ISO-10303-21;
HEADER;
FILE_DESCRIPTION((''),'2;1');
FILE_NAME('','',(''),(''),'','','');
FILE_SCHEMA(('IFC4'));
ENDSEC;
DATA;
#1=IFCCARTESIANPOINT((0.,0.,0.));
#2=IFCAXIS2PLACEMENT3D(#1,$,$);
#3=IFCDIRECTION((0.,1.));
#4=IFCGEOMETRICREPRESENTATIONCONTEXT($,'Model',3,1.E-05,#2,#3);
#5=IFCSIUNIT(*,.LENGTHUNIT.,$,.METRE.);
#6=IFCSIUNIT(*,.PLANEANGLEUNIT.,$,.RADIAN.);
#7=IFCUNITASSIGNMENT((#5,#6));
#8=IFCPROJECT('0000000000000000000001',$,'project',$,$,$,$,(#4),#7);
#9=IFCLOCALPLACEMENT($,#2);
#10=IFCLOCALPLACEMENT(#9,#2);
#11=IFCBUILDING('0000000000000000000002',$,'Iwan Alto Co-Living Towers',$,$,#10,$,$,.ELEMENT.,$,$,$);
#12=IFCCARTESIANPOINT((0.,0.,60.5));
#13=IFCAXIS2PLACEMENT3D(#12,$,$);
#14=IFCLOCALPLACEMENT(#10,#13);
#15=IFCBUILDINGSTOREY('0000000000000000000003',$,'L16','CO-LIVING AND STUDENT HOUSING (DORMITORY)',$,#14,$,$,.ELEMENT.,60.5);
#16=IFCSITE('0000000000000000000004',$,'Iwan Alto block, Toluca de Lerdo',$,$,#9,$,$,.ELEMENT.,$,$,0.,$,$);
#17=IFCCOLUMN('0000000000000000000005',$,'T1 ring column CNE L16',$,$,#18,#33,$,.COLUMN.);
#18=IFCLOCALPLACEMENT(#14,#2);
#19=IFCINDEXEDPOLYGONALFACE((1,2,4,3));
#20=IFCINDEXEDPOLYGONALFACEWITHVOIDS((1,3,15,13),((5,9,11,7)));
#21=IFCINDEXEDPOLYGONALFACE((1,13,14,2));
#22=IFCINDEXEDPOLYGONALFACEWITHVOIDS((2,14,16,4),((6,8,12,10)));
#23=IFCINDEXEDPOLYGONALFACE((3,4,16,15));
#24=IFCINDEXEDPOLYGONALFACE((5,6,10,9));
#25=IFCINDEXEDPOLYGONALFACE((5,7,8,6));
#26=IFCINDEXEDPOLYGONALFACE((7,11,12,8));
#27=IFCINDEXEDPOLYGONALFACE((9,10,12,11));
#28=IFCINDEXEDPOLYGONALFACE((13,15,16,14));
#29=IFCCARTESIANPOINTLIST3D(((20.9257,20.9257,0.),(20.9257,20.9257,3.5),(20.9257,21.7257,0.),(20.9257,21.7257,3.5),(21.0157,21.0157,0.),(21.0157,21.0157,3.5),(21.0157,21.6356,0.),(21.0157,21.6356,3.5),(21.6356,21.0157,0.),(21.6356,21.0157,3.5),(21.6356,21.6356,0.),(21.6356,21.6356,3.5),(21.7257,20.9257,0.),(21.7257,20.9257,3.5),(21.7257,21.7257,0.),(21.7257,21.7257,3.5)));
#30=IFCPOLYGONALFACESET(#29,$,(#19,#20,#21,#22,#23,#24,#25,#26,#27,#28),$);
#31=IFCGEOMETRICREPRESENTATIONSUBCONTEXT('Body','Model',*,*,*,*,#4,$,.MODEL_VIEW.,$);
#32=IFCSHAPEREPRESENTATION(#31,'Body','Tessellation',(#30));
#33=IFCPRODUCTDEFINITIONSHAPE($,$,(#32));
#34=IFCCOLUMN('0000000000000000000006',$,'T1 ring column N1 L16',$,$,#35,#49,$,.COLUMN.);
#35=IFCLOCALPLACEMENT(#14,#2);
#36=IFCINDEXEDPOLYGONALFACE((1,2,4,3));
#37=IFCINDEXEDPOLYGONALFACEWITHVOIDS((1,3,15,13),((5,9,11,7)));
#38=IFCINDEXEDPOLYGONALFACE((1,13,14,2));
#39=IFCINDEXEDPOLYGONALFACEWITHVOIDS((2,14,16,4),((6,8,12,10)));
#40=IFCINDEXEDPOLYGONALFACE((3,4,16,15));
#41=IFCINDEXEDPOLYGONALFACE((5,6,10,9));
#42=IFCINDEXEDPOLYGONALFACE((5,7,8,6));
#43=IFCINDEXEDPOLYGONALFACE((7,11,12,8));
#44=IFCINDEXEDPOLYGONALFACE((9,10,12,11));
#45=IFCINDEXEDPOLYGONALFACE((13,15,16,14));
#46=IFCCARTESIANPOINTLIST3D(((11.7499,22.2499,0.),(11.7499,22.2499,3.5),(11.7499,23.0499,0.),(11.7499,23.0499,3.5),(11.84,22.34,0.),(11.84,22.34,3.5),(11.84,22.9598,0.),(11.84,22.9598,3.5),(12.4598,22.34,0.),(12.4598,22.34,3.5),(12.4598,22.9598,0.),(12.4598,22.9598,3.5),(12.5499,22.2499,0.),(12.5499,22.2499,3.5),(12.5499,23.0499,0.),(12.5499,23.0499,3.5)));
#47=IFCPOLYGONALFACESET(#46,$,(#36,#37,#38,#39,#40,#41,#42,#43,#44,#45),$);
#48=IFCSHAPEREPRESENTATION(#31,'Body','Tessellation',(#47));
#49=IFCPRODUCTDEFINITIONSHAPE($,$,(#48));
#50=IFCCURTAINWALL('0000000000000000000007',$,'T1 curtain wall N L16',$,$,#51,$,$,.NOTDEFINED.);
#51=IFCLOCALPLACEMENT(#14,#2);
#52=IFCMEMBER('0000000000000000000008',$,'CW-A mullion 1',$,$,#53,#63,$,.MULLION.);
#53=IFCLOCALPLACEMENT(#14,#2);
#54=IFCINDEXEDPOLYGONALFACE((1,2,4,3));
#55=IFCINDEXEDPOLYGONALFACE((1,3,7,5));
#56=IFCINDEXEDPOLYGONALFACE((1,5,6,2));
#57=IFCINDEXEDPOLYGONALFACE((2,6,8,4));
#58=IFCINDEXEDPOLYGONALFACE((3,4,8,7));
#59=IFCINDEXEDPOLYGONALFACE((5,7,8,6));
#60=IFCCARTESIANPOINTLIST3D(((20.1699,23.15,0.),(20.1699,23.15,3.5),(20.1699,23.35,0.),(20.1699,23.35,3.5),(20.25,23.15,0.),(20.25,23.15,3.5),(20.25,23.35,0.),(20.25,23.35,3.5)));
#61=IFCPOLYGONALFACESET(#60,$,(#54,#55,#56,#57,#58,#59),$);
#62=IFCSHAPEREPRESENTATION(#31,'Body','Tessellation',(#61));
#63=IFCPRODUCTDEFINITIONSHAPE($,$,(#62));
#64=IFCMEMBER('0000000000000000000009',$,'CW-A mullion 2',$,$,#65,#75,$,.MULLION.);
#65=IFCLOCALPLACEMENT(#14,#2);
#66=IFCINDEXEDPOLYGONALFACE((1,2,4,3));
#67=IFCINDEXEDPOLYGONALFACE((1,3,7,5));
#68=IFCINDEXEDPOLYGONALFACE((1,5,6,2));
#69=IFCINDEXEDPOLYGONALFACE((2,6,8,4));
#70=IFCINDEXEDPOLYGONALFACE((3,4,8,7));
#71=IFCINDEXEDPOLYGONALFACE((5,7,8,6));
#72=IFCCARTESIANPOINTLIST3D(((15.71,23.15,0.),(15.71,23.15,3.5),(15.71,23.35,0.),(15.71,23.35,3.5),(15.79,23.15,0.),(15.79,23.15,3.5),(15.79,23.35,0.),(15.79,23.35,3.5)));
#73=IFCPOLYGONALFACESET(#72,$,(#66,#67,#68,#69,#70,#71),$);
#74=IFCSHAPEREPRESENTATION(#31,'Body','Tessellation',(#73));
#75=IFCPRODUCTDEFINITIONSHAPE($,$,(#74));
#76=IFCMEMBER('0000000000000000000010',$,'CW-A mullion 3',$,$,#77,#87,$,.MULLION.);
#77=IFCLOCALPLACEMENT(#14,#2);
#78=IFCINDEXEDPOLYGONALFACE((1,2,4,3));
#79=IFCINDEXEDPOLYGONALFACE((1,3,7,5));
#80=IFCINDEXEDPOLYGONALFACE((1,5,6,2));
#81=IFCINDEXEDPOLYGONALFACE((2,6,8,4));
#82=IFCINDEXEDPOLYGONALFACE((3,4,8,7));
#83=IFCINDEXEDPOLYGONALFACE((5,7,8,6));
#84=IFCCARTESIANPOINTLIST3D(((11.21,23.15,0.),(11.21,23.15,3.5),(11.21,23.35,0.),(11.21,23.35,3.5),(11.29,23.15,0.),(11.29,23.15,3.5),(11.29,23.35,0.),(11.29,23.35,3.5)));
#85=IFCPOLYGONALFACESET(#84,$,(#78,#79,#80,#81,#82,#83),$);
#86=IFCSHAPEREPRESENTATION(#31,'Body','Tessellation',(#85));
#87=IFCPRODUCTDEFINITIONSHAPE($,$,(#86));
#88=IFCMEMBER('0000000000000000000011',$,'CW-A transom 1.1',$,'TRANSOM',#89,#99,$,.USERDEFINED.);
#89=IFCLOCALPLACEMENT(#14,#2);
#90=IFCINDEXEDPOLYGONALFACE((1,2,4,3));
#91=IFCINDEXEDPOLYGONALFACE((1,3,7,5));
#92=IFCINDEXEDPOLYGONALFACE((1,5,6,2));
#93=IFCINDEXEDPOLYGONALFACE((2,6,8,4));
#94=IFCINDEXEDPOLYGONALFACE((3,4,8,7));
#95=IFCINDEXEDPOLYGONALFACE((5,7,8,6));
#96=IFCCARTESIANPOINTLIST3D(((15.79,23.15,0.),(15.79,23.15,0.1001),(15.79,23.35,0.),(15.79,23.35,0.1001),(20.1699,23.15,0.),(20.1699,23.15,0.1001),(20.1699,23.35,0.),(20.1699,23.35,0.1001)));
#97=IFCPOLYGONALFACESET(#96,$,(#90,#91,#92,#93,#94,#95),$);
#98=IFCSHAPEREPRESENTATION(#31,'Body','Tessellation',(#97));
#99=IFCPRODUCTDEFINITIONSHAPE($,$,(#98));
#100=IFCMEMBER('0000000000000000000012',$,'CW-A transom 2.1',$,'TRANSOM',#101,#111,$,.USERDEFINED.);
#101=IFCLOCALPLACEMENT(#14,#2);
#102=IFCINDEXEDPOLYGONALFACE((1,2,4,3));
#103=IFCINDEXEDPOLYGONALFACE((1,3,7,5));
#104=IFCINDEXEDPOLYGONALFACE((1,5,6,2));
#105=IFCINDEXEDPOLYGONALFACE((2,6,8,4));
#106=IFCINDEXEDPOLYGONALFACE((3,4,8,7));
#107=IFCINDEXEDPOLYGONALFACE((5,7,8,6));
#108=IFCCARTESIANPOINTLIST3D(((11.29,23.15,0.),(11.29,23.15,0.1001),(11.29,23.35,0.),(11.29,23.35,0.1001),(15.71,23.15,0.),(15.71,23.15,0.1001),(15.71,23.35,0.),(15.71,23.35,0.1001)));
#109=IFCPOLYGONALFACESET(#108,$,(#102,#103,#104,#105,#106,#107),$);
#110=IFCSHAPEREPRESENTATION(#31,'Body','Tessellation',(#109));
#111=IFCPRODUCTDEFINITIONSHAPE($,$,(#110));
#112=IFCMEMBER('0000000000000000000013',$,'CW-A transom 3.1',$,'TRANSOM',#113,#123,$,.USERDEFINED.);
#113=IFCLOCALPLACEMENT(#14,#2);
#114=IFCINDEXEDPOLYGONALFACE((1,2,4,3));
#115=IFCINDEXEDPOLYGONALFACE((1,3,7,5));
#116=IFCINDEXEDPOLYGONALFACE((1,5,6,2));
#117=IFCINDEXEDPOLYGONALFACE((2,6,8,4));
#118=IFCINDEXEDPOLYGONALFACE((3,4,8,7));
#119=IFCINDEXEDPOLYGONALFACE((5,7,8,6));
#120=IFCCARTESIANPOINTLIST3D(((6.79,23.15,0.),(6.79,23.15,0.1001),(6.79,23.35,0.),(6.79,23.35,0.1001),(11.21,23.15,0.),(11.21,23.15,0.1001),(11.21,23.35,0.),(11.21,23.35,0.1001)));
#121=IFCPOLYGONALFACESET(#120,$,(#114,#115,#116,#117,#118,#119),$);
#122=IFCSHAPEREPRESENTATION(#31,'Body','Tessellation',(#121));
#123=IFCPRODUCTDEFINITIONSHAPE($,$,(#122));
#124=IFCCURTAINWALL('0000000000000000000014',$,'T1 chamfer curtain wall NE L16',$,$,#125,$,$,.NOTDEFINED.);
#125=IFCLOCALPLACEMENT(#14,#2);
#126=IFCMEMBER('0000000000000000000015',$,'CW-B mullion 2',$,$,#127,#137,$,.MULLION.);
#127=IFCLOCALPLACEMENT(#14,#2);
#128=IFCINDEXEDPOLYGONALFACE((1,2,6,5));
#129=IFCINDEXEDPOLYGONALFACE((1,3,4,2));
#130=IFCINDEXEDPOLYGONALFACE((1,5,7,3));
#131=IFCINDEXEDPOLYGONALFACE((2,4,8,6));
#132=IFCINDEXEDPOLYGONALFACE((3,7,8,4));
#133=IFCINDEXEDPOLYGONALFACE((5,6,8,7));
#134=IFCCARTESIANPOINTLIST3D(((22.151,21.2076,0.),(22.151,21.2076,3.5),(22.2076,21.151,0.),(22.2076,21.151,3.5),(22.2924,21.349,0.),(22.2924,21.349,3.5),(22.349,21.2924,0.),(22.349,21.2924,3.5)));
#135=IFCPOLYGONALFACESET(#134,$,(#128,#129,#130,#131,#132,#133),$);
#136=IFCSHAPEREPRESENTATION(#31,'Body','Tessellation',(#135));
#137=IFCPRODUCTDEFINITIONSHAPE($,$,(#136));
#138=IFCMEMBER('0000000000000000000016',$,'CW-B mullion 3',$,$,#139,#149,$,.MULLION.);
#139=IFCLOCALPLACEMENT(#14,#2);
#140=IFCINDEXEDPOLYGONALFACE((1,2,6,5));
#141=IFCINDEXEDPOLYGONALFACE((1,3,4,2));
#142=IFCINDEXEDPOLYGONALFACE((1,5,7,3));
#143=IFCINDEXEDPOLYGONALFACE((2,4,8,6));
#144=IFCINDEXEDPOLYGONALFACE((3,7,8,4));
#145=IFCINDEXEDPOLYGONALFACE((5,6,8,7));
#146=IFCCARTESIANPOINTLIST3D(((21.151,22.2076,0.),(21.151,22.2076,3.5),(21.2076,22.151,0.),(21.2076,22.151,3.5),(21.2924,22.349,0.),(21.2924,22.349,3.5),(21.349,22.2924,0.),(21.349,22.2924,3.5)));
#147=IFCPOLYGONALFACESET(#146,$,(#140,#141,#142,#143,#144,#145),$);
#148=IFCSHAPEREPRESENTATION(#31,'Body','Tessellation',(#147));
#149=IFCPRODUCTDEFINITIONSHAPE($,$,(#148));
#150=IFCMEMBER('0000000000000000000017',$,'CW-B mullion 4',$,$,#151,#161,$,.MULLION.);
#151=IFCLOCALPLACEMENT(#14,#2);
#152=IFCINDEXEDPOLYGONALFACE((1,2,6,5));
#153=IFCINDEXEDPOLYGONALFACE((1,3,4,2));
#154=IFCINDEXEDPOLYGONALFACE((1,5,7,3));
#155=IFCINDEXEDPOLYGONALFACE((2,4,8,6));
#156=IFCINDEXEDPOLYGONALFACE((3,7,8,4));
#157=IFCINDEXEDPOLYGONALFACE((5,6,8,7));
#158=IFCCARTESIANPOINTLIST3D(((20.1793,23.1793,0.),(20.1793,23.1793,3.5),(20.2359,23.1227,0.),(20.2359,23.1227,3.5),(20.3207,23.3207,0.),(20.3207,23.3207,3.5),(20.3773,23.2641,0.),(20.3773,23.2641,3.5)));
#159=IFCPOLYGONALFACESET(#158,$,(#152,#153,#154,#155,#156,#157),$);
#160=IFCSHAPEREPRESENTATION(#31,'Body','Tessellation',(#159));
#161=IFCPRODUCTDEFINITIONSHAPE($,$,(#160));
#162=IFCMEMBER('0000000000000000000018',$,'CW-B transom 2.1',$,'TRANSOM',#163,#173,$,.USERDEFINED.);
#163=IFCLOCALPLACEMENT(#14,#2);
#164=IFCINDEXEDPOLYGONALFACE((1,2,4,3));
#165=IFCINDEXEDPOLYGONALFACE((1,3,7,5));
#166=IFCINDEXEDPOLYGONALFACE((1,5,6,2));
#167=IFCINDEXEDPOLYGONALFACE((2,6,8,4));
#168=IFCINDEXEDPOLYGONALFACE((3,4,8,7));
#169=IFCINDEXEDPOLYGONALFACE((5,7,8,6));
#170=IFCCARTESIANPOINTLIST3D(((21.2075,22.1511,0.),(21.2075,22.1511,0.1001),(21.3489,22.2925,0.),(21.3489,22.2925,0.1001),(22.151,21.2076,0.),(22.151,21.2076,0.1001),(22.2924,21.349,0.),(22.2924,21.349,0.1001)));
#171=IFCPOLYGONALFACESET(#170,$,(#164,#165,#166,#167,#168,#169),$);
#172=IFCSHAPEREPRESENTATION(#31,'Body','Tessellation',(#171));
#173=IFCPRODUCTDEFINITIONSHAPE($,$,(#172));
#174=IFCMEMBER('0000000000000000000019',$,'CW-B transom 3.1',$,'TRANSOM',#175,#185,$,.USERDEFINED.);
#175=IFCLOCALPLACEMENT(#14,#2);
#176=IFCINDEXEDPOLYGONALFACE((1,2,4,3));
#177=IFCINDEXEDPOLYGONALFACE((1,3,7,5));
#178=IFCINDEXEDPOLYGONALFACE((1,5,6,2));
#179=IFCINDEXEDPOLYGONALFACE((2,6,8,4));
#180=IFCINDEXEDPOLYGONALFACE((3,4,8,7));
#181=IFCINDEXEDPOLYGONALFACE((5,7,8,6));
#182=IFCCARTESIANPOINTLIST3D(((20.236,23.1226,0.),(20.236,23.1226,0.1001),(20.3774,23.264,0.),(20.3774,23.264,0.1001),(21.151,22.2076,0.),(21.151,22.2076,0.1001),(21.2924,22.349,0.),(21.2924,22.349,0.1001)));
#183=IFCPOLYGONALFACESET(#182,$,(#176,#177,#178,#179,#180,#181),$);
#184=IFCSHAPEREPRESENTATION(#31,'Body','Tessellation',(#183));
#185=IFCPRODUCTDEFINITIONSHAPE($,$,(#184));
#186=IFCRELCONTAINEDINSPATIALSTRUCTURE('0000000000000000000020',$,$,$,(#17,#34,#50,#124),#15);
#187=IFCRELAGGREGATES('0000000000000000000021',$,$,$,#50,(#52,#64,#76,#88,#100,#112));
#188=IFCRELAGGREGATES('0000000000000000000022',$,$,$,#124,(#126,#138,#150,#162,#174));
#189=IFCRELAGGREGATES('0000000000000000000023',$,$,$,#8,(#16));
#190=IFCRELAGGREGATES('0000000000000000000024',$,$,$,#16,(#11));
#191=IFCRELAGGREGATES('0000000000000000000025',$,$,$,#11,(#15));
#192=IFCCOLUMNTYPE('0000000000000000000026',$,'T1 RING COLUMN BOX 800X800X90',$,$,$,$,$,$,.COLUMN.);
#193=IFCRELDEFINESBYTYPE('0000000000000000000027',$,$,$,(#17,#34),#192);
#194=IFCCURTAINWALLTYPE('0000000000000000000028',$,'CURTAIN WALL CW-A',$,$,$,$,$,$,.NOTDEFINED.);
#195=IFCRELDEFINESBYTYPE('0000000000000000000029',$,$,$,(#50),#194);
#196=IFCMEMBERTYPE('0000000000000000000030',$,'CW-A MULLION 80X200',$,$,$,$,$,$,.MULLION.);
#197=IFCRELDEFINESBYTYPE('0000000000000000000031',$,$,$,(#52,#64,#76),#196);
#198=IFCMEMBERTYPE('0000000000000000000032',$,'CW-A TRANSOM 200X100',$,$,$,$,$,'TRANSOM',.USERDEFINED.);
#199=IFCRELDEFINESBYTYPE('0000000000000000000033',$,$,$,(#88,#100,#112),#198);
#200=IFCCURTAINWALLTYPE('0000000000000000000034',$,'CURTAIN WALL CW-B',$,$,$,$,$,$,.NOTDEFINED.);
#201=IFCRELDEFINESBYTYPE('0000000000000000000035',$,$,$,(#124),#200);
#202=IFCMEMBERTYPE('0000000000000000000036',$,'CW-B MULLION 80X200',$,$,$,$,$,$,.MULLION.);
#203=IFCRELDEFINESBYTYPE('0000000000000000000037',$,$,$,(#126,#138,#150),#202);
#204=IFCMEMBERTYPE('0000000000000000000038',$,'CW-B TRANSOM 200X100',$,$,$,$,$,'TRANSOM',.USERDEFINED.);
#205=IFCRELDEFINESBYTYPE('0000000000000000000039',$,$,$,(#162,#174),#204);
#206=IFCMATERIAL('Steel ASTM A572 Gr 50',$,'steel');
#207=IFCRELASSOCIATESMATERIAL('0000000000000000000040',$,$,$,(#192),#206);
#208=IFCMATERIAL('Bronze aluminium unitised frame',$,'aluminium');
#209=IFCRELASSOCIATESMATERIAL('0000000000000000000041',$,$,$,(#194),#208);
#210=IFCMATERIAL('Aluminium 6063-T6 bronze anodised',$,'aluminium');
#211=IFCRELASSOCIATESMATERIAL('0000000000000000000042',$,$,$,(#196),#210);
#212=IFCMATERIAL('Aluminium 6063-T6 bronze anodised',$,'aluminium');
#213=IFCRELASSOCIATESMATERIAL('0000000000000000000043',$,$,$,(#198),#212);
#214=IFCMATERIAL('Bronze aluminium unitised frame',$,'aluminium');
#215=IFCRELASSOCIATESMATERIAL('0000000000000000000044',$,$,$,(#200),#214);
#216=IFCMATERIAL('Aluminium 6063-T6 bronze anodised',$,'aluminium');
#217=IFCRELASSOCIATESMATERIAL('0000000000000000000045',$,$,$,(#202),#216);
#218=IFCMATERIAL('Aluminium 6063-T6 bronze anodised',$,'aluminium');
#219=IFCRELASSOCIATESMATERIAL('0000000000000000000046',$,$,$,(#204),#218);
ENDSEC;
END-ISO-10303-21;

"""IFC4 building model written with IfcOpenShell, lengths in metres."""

from ifc_helpers import new_model, si_unit, direction, frame, origin, origin_2d, place, context, subcontext, project, spatial, rectangle, hollow_rectangle, extrude, material, material_profile, profile_set, type_object, element, aggregate, save


model = new_model("IFC4")

# Units and contexts
model_context = context("Model", 3, precision=1e-05, world=origin(), true_north=direction((0.0, 1.0)))
body_context = subcontext(model_context, "Body", "Model", "MODEL_VIEW")
ifc_project = project(units=[si_unit("LENGTHUNIT", "METRE"), si_unit("PLANEANGLEUNIT", "RADIAN")], contexts=[model_context])

# Site, building, storey
site_placement = place(None, origin())
site = spatial("IfcSite", under=ifc_project, at=site_placement, Name="Iwan Alto block, Toluca de Lerdo", CompositionType="ELEMENT", RefElevation=0.0)
building_placement = place(site_placement, origin())
building = spatial("IfcBuilding", under=site, at=building_placement, Name="Iwan Alto Co-Living Towers", CompositionType="ELEMENT")
storey_placement = place(building_placement, frame((0.0, 0.0, 60.5)))
storey = spatial("IfcBuildingStorey", under=building, at=storey_placement, Name="L16", Description="CO-LIVING AND STUDENT HOUSING (DORMITORY)", CompositionType="ELEMENT", Elevation=60.5)

# Columns
ifc_material_1 = material(Name="Steel ASTM A572 Gr 50", Category="steel")
ifc_material_profile_1 = material_profile(ifc_material_1, hollow_rectangle(XDim=0.8, YDim=0.8, WallThickness=0.0901, at=origin_2d()), Name="BOX 800X800X90")
ifc_profile_set_1 = profile_set([ifc_material_profile_1], Name="Steel ASTM A572 Gr 50")
column_type = type_object("IfcColumnType", Name="T1 RING COLUMN BOX 800X800X90", PredefinedType="COLUMN", material=ifc_profile_set_1)
for number, where, z_axis, x_axis, name in (
    (1, (21.3257, 21.3257, 0.0), (0.0, 0.0, 1.0), (1.0, 0.0, 0.0), "T1 ring column CNE L16"),
    (2, (12.1499, 22.6499, 0.0), (0.0, 0.0, 1.0), (1.0, 0.0, 0.0), "T1 ring column N1 L16"),
):
    element("IfcColumn", number, at=place(storey_placement, frame(where, z_axis=z_axis, x_axis=x_axis)), inside=storey, type_object=column_type, Name=name, PredefinedType="COLUMN", context=body_context, shape_type="SweptSolid", body=[
        extrude(hollow_rectangle(XDim=0.8, YDim=0.8, WallThickness=0.0901, at=origin_2d()), origin(), (0.0, 0.0, 1.0), 3.5),
    ])

# Curtain walls, members
ifc_material_2 = material(Name="Bronze aluminium unitised frame", Category="aluminium")
curtain_wall_type_1 = type_object("IfcCurtainWallType", Name="CURTAIN WALL CW-A", PredefinedType="NOTDEFINED", material=ifc_material_2)
curtain_wall_1_placement = place(storey_placement, origin())
curtain_wall_1 = element("IfcCurtainWall", 3, at=curtain_wall_1_placement, inside=storey, type_object=curtain_wall_type_1, Name="T1 curtain wall N L16", PredefinedType="NOTDEFINED")
ifc_material_3 = material(Name="Aluminium 6063-T6 bronze anodised", Category="aluminium")
ifc_material_profile_2 = material_profile(ifc_material_3, rectangle(XDim=0.2, YDim=0.0801, at=origin_2d()), Name="AL 80X200")
ifc_profile_set_2 = profile_set([ifc_material_profile_2], Name="Aluminium 6063-T6 bronze anodised")
member_type_1 = type_object("IfcMemberType", Name="CW-A MULLION 80X200", PredefinedType="MULLION", material=ifc_profile_set_2)
member_1_placement = place(storey_placement, frame((20.21, 23.25, 0.0), z_axis=(0.0, 0.0, 1.0), x_axis=(0.0, -1.0, 0.0)))
member_1 = element("IfcMember", 4, at=member_1_placement, type_object=member_type_1, Name="CW-A mullion 1", PredefinedType="MULLION", context=body_context, shape_type="SweptSolid", body=[
    extrude(rectangle(XDim=0.2, YDim=0.0801, at=origin_2d()), origin(), (0.0, 0.0, 1.0), 3.5),
])
member_2_placement = place(storey_placement, frame((15.75, 23.25, 0.0), z_axis=(0.0, 0.0, 1.0), x_axis=(0.0, -1.0, 0.0)))
member_2 = element("IfcMember", 5, at=member_2_placement, type_object=member_type_1, Name="CW-A mullion 2", PredefinedType="MULLION", context=body_context, shape_type="SweptSolid", body=[
    extrude(rectangle(XDim=0.2, YDim=0.0801, at=origin_2d()), origin(), (0.0, 0.0, 1.0), 3.5),
])
member_3_placement = place(storey_placement, frame((11.25, 23.25, 0.0), z_axis=(0.0, 0.0, 1.0), x_axis=(0.0, -1.0, 0.0)))
member_3 = element("IfcMember", 6, at=member_3_placement, type_object=member_type_1, Name="CW-A mullion 3", PredefinedType="MULLION", context=body_context, shape_type="SweptSolid", body=[
    extrude(rectangle(XDim=0.2, YDim=0.0801, at=origin_2d()), origin(), (0.0, 0.0, 1.0), 3.5),
])
ifc_material_4 = material(Name="Aluminium 6063-T6 bronze anodised", Category="aluminium")
ifc_material_profile_3 = material_profile(ifc_material_4, rectangle(XDim=0.2, YDim=0.1001, at=origin_2d()), Name="AL 200X100")
ifc_profile_set_3 = profile_set([ifc_material_profile_3], Name="Aluminium 6063-T6 bronze anodised")
member_type_2 = type_object("IfcMemberType", Name="CW-A TRANSOM 200X100", ElementType="TRANSOM", PredefinedType="USERDEFINED", material=ifc_profile_set_3)
member_4_placement = place(storey_placement, frame((20.1699, 23.25, 0.05), z_axis=(-1.0, 0.0, 0.0), x_axis=(0.0, -1.0, 0.0)))
member_4 = element("IfcMember", 7, at=member_4_placement, type_object=member_type_2, Name="CW-A transom 1.1", ObjectType="TRANSOM", PredefinedType="USERDEFINED", context=body_context, shape_type="SweptSolid", body=[
    extrude(rectangle(XDim=0.2, YDim=0.1001, at=origin_2d()), origin(), (0.0, 0.0, 1.0), 4.3799),
])
member_5_placement = place(storey_placement, frame((15.71, 23.25, 0.05), z_axis=(-1.0, 0.0, 0.0), x_axis=(0.0, -1.0, 0.0)))
member_5 = element("IfcMember", 8, at=member_5_placement, type_object=member_type_2, Name="CW-A transom 2.1", ObjectType="TRANSOM", PredefinedType="USERDEFINED", context=body_context, shape_type="SweptSolid", body=[
    extrude(rectangle(XDim=0.2, YDim=0.1001, at=origin_2d()), origin(), (0.0, 0.0, 1.0), 4.4199),
])
member_6_placement = place(storey_placement, frame((11.21, 23.25, 0.05), z_axis=(-1.0, 0.0, 0.0), x_axis=(0.0, -1.0, 0.0)))
member_6 = element("IfcMember", 9, at=member_6_placement, type_object=member_type_2, Name="CW-A transom 3.1", ObjectType="TRANSOM", PredefinedType="USERDEFINED", context=body_context, shape_type="SweptSolid", body=[
    extrude(rectangle(XDim=0.2, YDim=0.1001, at=origin_2d()), origin(), (0.0, 0.0, 1.0), 4.4199),
])
ifc_material_5 = material(Name="Bronze aluminium unitised frame", Category="aluminium")
curtain_wall_type_2 = type_object("IfcCurtainWallType", Name="CURTAIN WALL CW-B", PredefinedType="NOTDEFINED", material=ifc_material_5)
curtain_wall_2_placement = place(storey_placement, origin())
curtain_wall_2 = element("IfcCurtainWall", 10, at=curtain_wall_2_placement, inside=storey, type_object=curtain_wall_type_2, Name="T1 chamfer curtain wall NE L16", PredefinedType="NOTDEFINED")
ifc_material_6 = material(Name="Aluminium 6063-T6 bronze anodised", Category="aluminium")
ifc_material_profile_4 = material_profile(ifc_material_6, rectangle(XDim=0.2, YDim=0.0801, at=origin_2d()), Name="AL 80X200")
ifc_profile_set_4 = profile_set([ifc_material_profile_4], Name="Aluminium 6063-T6 bronze anodised")
member_type_3 = type_object("IfcMemberType", Name="CW-B MULLION 80X200", PredefinedType="MULLION", material=ifc_profile_set_4)
member_7_placement = place(storey_placement, frame((22.25, 21.25, 0.0), z_axis=(0.0, 0.0, 1.0), x_axis=(-0.707107, -0.707107, 0.0)))
member_7 = element("IfcMember", 11, at=member_7_placement, type_object=member_type_3, Name="CW-B mullion 2", PredefinedType="MULLION", context=body_context, shape_type="SweptSolid", body=[
    extrude(rectangle(XDim=0.2, YDim=0.0801, at=origin_2d()), origin(), (0.0, 0.0, 1.0), 3.5),
])
member_8_placement = place(storey_placement, frame((21.25, 22.25, 0.0), z_axis=(0.0, 0.0, 1.0), x_axis=(-0.707107, -0.707107, 0.0)))
member_8 = element("IfcMember", 12, at=member_8_placement, type_object=member_type_3, Name="CW-B mullion 3", PredefinedType="MULLION", context=body_context, shape_type="SweptSolid", body=[
    extrude(rectangle(XDim=0.2, YDim=0.0801, at=origin_2d()), origin(), (0.0, 0.0, 1.0), 3.5),
])
member_9_placement = place(storey_placement, frame((20.2783, 23.2217, 0.0), z_axis=(0.0, 0.0, 1.0), x_axis=(-0.707107, -0.707107, 0.0)))
member_9 = element("IfcMember", 13, at=member_9_placement, type_object=member_type_3, Name="CW-B mullion 4", PredefinedType="MULLION", context=body_context, shape_type="SweptSolid", body=[
    extrude(rectangle(XDim=0.2, YDim=0.0801, at=origin_2d()), origin(), (0.0, 0.0, 1.0), 3.5),
])
ifc_material_7 = material(Name="Aluminium 6063-T6 bronze anodised", Category="aluminium")
ifc_material_profile_5 = material_profile(ifc_material_7, rectangle(XDim=0.2, YDim=0.1001, at=origin_2d()), Name="AL 200X100")
ifc_profile_set_5 = profile_set([ifc_material_profile_5], Name="Aluminium 6063-T6 bronze anodised")
member_type_4 = type_object("IfcMemberType", Name="CW-B TRANSOM 200X100", ElementType="TRANSOM", PredefinedType="USERDEFINED", material=ifc_profile_set_5)
member_10_placement = place(storey_placement, frame((22.2217, 21.2783, 0.05), z_axis=(-0.707107, 0.707107, 0.0), x_axis=(-0.707107, -0.707107, 0.0)))
member_10 = element("IfcMember", 14, at=member_10_placement, type_object=member_type_4, Name="CW-B transom 2.1", ObjectType="TRANSOM", PredefinedType="USERDEFINED", context=body_context, shape_type="SweptSolid", body=[
    extrude(rectangle(XDim=0.2, YDim=0.1001, at=origin_2d()), origin(), (0.0, 0.0, 1.0), 1.3342),
])
member_11_placement = place(storey_placement, frame((21.2217, 22.2783, 0.05), z_axis=(-0.707107, 0.707107, 0.0), x_axis=(-0.707107, -0.707107, 0.0)))
member_11 = element("IfcMember", 15, at=member_11_placement, type_object=member_type_4, Name="CW-B transom 3.1", ObjectType="TRANSOM", PredefinedType="USERDEFINED", context=body_context, shape_type="SweptSolid", body=[
    extrude(rectangle(XDim=0.2, YDim=0.1001, at=origin_2d()), origin(), (0.0, 0.0, 1.0), 1.2939),
])

aggregate(curtain_wall_1, [member_1, member_2, member_3, member_4, member_5, member_6])
aggregate(curtain_wall_2, [member_7, member_8, member_9, member_10, member_11])

save(model, "model.ifc")
